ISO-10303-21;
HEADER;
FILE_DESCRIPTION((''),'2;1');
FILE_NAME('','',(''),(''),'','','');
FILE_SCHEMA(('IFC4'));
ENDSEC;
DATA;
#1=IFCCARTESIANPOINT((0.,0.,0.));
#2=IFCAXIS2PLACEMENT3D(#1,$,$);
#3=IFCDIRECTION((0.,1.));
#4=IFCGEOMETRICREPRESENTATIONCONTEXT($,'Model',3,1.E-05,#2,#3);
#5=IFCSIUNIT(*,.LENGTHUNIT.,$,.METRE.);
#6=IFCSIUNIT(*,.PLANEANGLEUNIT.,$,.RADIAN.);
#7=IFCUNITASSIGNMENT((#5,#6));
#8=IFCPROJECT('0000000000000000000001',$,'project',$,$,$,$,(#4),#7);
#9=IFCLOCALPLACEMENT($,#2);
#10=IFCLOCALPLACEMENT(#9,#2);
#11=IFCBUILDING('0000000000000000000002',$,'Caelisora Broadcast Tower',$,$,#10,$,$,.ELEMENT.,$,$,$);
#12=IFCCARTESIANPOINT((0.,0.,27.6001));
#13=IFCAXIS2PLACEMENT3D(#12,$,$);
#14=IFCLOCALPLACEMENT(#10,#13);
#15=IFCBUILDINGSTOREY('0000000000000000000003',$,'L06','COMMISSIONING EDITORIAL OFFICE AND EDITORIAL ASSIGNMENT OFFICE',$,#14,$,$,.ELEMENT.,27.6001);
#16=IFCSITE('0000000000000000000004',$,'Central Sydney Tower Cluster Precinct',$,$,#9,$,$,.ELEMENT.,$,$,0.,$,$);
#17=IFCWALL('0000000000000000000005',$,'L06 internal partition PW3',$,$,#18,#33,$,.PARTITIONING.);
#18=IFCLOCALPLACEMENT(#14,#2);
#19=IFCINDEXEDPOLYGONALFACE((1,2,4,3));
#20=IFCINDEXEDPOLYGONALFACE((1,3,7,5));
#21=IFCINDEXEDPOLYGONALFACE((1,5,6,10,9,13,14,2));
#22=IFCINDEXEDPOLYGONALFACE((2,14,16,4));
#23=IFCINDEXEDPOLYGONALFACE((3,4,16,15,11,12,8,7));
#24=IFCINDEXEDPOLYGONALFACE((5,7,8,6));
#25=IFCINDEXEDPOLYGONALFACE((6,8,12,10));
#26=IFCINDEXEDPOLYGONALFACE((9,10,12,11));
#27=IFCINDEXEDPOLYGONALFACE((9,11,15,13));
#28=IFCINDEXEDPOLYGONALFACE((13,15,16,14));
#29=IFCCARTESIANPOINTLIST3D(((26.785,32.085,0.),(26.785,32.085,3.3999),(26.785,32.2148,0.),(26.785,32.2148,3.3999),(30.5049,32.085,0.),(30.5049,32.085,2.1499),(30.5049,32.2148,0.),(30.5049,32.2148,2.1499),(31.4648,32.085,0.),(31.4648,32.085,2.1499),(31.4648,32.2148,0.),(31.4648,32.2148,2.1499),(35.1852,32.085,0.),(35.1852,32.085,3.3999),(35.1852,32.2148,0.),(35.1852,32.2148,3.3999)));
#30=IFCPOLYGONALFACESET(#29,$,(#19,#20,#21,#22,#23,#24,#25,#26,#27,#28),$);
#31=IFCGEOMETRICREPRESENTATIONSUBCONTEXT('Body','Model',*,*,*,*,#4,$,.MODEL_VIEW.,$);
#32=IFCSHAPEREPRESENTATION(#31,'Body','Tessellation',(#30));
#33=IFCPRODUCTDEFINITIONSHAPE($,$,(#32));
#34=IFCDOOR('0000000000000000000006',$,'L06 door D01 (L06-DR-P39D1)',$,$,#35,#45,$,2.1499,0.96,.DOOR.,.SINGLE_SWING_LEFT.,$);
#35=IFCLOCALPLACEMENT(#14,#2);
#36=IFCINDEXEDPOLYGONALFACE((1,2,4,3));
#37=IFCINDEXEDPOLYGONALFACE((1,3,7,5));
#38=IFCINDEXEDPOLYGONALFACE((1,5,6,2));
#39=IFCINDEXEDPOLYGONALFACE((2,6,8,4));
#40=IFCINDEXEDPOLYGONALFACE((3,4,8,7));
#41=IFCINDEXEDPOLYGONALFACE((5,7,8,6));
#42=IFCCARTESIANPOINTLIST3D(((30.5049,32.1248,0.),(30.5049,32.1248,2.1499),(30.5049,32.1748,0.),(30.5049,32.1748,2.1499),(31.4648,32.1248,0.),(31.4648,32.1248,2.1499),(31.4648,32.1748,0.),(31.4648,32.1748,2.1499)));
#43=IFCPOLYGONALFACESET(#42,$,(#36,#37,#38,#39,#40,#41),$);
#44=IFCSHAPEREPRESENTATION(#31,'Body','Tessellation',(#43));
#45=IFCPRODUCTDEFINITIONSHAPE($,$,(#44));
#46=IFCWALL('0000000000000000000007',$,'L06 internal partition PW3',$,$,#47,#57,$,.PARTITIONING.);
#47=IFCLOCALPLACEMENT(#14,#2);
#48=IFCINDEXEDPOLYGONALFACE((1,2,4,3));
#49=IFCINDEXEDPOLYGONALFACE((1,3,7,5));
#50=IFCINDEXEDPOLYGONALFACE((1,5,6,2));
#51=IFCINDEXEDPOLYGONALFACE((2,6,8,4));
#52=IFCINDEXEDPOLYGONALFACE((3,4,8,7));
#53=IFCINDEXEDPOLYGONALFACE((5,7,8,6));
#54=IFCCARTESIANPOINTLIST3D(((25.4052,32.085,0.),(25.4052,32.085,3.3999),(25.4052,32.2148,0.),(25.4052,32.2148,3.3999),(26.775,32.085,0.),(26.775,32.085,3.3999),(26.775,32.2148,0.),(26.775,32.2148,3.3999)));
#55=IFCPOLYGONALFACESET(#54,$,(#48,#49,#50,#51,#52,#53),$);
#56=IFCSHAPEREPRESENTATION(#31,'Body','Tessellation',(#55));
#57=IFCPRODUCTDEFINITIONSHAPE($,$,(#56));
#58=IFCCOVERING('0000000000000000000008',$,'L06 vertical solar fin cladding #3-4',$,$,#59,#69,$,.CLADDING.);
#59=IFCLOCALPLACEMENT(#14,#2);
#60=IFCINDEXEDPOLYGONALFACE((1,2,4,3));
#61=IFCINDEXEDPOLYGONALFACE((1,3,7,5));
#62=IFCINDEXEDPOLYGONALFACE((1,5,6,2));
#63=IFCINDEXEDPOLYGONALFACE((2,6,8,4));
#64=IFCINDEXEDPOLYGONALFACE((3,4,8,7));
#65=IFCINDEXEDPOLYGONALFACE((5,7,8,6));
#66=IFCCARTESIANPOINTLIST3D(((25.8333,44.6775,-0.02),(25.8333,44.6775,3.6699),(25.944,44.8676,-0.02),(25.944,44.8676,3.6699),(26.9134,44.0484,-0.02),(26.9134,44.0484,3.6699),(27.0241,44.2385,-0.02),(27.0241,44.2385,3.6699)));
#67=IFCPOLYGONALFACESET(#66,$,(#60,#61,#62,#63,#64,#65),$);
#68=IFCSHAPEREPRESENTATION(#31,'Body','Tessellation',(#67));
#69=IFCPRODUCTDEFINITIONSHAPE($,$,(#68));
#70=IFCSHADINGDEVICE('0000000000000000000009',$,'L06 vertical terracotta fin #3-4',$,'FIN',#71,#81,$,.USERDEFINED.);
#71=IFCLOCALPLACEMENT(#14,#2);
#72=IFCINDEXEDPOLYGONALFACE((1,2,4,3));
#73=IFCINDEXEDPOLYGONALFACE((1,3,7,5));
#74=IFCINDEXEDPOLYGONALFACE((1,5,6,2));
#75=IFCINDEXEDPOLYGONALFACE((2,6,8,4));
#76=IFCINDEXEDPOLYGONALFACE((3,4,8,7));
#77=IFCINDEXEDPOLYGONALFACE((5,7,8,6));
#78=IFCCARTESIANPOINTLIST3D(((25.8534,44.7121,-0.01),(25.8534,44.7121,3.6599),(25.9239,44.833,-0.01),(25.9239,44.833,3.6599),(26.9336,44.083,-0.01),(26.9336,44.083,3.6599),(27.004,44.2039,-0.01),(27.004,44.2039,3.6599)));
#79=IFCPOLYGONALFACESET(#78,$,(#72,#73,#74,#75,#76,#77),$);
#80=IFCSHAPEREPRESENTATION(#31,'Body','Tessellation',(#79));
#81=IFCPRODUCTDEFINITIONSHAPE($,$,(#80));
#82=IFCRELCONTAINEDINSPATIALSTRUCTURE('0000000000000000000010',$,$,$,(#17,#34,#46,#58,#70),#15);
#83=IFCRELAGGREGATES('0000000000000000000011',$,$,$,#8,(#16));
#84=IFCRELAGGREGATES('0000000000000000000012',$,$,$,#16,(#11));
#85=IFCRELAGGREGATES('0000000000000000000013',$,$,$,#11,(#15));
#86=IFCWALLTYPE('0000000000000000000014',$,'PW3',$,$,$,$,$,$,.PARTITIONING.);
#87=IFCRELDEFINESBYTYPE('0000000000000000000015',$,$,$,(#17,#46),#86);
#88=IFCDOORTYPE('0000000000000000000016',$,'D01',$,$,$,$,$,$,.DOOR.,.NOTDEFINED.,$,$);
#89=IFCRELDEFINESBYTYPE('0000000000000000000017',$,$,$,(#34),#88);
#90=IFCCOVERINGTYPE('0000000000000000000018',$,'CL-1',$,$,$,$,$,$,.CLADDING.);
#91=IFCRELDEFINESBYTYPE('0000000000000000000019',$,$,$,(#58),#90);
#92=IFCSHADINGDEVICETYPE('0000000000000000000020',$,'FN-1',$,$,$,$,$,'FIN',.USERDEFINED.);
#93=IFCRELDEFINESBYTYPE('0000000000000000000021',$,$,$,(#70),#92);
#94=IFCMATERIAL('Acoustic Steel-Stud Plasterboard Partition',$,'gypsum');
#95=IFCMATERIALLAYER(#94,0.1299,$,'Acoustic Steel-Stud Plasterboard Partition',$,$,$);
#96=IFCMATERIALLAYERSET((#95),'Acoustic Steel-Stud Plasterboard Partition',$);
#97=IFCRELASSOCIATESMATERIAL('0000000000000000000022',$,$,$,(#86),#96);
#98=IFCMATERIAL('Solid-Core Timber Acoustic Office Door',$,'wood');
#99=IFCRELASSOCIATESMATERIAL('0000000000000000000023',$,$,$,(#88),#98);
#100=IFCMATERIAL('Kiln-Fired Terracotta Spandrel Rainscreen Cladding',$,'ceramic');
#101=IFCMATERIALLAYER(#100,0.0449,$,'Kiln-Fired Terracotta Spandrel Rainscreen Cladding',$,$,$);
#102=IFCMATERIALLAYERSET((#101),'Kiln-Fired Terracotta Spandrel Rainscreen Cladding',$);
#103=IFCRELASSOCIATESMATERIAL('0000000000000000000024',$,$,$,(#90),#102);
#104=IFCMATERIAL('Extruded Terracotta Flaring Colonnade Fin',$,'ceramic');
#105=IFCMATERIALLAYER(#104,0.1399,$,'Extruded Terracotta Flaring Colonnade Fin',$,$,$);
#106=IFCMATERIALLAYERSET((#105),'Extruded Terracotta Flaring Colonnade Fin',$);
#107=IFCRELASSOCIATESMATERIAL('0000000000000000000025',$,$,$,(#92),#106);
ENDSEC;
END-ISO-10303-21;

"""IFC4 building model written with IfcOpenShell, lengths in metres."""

from ifc_helpers import new_model, si_unit, direction, frame, frame_2d, origin, origin_2d, place, context, subcontext, project, spatial, rectangle, extrude, source, transform, mapped, material, layer, layer_set, type_object, type_shapes, element, fill, save


model = new_model("IFC4")

# Units and contexts
model_context = context("Model", 3, precision=1e-05, world=origin(), true_north=direction((0.0, 1.0)))
body_context = subcontext(model_context, "Body", "Model", "MODEL_VIEW")
ifc_project = project(units=[si_unit("LENGTHUNIT", "METRE"), si_unit("PLANEANGLEUNIT", "RADIAN")], contexts=[model_context])

# Site, building, storey
site_placement = place(None, origin())
site = spatial("IfcSite", under=ifc_project, at=site_placement, Name="Central Sydney Tower Cluster Precinct", CompositionType="ELEMENT", RefElevation=0.0)
building_placement = place(site_placement, origin())
building = spatial("IfcBuilding", under=site, at=building_placement, Name="Caelisora Broadcast Tower", CompositionType="ELEMENT")
storey_placement = place(building_placement, frame((0.0, 0.0, 27.6001)))
storey = spatial("IfcBuildingStorey", under=building, at=storey_placement, Name="L06", Description="COMMISSIONING EDITORIAL OFFICE AND EDITORIAL ASSIGNMENT OFFICE", CompositionType="ELEMENT", Elevation=27.6001)

# Shared definitions
ifc_material_1 = material(Name="Acoustic Steel-Stud Plasterboard Partition", Category="gypsum")
ifc_layer_1 = layer(ifc_material_1, 0.1299, Name="Acoustic Steel-Stud Plasterboard Partition")
ifc_layer_set_1 = layer_set([ifc_layer_1], Name="Acoustic Steel-Stud Plasterboard Partition")
wall_type_1 = type_object("IfcWallType", Name="PW3", PredefinedType="PARTITIONING", material=ifc_layer_set_1)

# Wall, opening, door
wall_1_placement = place(storey_placement, frame((26.7849, 32.1499, 0.0), z_axis=(0.0, 0.0, 1.0), x_axis=(1.0, 0.0, 0.0)))
wall_1 = element("IfcWall", 1, at=wall_1_placement, inside=storey, type_object=wall_type_1, Name="L06 internal partition PW3", PredefinedType="PARTITIONING", context=body_context, shape_type="SweptSolid", body=[
    extrude(rectangle(XDim=8.4001, YDim=0.1299, at=frame_2d((4.2002, 0.0))), origin(), (0.0, 0.0, 1.0), 3.3999),
])
opening_1_placement = place(wall_1_placement, frame((3.72, 0.0, 0.0)))
opening_1 = element("IfcOpeningElement", 2, at=opening_1_placement, cuts=wall_1, PredefinedType="OPENING", context=body_context, shape_type="SweptSolid", body=[
    extrude(rectangle(XDim=0.96, YDim=2.1499, at=frame_2d((0.48, 1.075))), frame((0.0, 0.0769, 0.0), z_axis=(0.0, -1.0, 0.0), x_axis=(1.0, 0.0, 0.0)), (0.0, 0.0, 1.0), 0.1538),
])
ifc_material_2 = material(Name="Solid-Core Timber Acoustic Office Door", Category="wood")
door_type = type_object("IfcDoorType", Name="D01", OperationType="NOTDEFINED", PredefinedType="DOOR", material=ifc_material_2)
door_1_placement = place(opening_1_placement, origin())
door_1 = element("IfcDoor", 3, at=door_1_placement, inside=storey, type_object=door_type, Name="L06 door D01 (L06-DR-P39D1)", OperationType="SINGLE_SWING_LEFT", OverallHeight=2.1499, OverallWidth=0.96, PredefinedType="DOOR", context=body_context, shape_type="SweptSolid", body=[
    extrude(rectangle(XDim=0.96, YDim=2.1499, at=frame_2d((0.48, 1.075))), frame((0.0, 0.0249, 0.0), z_axis=(0.0, -1.0, 0.0), x_axis=(1.0, 0.0, 0.0)), (0.0, 0.0, 1.0), 0.05),
])
fill(opening_1, door_1)

# Wall
wall_2_placement = place(storey_placement, frame((25.405, 32.1499, 0.0), z_axis=(0.0, 0.0, 1.0), x_axis=(1.0, 0.0, 0.0)))
element("IfcWall", 4, at=wall_2_placement, inside=storey, type_object=wall_type_1, Name="L06 internal partition PW3", PredefinedType="PARTITIONING", context=body_context, shape_type="SweptSolid", body=[
    extrude(rectangle(XDim=1.3699, YDim=0.1299, at=frame_2d((0.6851, 0.0))), origin(), (0.0, 0.0, 1.0), 3.3999),
])

# Covering
ifc_material_3 = material(Name="Kiln-Fired Terracotta Spandrel Rainscreen Cladding", Category="ceramic")
ifc_layer_2 = layer(ifc_material_3, 0.0449, Name="Kiln-Fired Terracotta Spandrel Rainscreen Cladding")
ifc_layer_set_2 = layer_set([ifc_layer_2], Name="Kiln-Fired Terracotta Spandrel Rainscreen Cladding")
covering_type = type_object("IfcCoveringType", Name="CL-1", PredefinedType="CLADDING", material=ifc_layer_set_2)
shared_shape_1 = source(origin(), body_context, "Body", "SweptSolid", [
    extrude(rectangle(XDim=0.22, YDim=1.25, at=origin_2d()), origin(), (0.0, 0.0, 1.0), 3.6899),
])
type_shapes(covering_type, [shared_shape_1])
covering_placement = place(storey_placement, frame((26.4287, 44.458, -0.02), z_axis=(0.0, 0.0, 1.0), x_axis=(0.503322, 0.864099, 0.0)))
element("IfcCovering", 5, at=covering_placement, inside=storey, type_object=covering_type, Name="L06 vertical solar fin cladding #3-4", PredefinedType="CLADDING", context=body_context, shape_type="MappedRepresentation", body=[
    mapped(shared_shape_1, transform((0.0, 0.0, 0.0), scale=1.0)),
])

# Shading device
ifc_material_4 = material(Name="Extruded Terracotta Flaring Colonnade Fin", Category="ceramic")
ifc_layer_3 = layer(ifc_material_4, 0.1399, Name="Extruded Terracotta Flaring Colonnade Fin")
ifc_layer_set_3 = layer_set([ifc_layer_3], Name="Extruded Terracotta Flaring Colonnade Fin")
shading_device_type = type_object("IfcShadingDeviceType", Name="FN-1", ElementType="FIN", PredefinedType="USERDEFINED", material=ifc_layer_set_3)
shared_shape_2 = source(origin(), body_context, "Body", "SweptSolid", [
    extrude(rectangle(XDim=0.1399, YDim=1.25, at=origin_2d()), origin(), (0.0, 0.0, 1.0), 3.6699),
])
type_shapes(shading_device_type, [shared_shape_2])
shading_device_placement = place(storey_placement, frame((26.4287, 44.458, -0.01), z_axis=(0.0, 0.0, 1.0), x_axis=(0.503322, 0.864099, 0.0)))
element("IfcShadingDevice", 6, at=shading_device_placement, inside=storey, type_object=shading_device_type, Name="L06 vertical terracotta fin #3-4", ObjectType="FIN", PredefinedType="USERDEFINED", context=body_context, shape_type="MappedRepresentation", body=[
    mapped(shared_shape_2, transform((0.0, 0.0, 0.0), scale=1.0)),
])

save(model, "model.ifc")
